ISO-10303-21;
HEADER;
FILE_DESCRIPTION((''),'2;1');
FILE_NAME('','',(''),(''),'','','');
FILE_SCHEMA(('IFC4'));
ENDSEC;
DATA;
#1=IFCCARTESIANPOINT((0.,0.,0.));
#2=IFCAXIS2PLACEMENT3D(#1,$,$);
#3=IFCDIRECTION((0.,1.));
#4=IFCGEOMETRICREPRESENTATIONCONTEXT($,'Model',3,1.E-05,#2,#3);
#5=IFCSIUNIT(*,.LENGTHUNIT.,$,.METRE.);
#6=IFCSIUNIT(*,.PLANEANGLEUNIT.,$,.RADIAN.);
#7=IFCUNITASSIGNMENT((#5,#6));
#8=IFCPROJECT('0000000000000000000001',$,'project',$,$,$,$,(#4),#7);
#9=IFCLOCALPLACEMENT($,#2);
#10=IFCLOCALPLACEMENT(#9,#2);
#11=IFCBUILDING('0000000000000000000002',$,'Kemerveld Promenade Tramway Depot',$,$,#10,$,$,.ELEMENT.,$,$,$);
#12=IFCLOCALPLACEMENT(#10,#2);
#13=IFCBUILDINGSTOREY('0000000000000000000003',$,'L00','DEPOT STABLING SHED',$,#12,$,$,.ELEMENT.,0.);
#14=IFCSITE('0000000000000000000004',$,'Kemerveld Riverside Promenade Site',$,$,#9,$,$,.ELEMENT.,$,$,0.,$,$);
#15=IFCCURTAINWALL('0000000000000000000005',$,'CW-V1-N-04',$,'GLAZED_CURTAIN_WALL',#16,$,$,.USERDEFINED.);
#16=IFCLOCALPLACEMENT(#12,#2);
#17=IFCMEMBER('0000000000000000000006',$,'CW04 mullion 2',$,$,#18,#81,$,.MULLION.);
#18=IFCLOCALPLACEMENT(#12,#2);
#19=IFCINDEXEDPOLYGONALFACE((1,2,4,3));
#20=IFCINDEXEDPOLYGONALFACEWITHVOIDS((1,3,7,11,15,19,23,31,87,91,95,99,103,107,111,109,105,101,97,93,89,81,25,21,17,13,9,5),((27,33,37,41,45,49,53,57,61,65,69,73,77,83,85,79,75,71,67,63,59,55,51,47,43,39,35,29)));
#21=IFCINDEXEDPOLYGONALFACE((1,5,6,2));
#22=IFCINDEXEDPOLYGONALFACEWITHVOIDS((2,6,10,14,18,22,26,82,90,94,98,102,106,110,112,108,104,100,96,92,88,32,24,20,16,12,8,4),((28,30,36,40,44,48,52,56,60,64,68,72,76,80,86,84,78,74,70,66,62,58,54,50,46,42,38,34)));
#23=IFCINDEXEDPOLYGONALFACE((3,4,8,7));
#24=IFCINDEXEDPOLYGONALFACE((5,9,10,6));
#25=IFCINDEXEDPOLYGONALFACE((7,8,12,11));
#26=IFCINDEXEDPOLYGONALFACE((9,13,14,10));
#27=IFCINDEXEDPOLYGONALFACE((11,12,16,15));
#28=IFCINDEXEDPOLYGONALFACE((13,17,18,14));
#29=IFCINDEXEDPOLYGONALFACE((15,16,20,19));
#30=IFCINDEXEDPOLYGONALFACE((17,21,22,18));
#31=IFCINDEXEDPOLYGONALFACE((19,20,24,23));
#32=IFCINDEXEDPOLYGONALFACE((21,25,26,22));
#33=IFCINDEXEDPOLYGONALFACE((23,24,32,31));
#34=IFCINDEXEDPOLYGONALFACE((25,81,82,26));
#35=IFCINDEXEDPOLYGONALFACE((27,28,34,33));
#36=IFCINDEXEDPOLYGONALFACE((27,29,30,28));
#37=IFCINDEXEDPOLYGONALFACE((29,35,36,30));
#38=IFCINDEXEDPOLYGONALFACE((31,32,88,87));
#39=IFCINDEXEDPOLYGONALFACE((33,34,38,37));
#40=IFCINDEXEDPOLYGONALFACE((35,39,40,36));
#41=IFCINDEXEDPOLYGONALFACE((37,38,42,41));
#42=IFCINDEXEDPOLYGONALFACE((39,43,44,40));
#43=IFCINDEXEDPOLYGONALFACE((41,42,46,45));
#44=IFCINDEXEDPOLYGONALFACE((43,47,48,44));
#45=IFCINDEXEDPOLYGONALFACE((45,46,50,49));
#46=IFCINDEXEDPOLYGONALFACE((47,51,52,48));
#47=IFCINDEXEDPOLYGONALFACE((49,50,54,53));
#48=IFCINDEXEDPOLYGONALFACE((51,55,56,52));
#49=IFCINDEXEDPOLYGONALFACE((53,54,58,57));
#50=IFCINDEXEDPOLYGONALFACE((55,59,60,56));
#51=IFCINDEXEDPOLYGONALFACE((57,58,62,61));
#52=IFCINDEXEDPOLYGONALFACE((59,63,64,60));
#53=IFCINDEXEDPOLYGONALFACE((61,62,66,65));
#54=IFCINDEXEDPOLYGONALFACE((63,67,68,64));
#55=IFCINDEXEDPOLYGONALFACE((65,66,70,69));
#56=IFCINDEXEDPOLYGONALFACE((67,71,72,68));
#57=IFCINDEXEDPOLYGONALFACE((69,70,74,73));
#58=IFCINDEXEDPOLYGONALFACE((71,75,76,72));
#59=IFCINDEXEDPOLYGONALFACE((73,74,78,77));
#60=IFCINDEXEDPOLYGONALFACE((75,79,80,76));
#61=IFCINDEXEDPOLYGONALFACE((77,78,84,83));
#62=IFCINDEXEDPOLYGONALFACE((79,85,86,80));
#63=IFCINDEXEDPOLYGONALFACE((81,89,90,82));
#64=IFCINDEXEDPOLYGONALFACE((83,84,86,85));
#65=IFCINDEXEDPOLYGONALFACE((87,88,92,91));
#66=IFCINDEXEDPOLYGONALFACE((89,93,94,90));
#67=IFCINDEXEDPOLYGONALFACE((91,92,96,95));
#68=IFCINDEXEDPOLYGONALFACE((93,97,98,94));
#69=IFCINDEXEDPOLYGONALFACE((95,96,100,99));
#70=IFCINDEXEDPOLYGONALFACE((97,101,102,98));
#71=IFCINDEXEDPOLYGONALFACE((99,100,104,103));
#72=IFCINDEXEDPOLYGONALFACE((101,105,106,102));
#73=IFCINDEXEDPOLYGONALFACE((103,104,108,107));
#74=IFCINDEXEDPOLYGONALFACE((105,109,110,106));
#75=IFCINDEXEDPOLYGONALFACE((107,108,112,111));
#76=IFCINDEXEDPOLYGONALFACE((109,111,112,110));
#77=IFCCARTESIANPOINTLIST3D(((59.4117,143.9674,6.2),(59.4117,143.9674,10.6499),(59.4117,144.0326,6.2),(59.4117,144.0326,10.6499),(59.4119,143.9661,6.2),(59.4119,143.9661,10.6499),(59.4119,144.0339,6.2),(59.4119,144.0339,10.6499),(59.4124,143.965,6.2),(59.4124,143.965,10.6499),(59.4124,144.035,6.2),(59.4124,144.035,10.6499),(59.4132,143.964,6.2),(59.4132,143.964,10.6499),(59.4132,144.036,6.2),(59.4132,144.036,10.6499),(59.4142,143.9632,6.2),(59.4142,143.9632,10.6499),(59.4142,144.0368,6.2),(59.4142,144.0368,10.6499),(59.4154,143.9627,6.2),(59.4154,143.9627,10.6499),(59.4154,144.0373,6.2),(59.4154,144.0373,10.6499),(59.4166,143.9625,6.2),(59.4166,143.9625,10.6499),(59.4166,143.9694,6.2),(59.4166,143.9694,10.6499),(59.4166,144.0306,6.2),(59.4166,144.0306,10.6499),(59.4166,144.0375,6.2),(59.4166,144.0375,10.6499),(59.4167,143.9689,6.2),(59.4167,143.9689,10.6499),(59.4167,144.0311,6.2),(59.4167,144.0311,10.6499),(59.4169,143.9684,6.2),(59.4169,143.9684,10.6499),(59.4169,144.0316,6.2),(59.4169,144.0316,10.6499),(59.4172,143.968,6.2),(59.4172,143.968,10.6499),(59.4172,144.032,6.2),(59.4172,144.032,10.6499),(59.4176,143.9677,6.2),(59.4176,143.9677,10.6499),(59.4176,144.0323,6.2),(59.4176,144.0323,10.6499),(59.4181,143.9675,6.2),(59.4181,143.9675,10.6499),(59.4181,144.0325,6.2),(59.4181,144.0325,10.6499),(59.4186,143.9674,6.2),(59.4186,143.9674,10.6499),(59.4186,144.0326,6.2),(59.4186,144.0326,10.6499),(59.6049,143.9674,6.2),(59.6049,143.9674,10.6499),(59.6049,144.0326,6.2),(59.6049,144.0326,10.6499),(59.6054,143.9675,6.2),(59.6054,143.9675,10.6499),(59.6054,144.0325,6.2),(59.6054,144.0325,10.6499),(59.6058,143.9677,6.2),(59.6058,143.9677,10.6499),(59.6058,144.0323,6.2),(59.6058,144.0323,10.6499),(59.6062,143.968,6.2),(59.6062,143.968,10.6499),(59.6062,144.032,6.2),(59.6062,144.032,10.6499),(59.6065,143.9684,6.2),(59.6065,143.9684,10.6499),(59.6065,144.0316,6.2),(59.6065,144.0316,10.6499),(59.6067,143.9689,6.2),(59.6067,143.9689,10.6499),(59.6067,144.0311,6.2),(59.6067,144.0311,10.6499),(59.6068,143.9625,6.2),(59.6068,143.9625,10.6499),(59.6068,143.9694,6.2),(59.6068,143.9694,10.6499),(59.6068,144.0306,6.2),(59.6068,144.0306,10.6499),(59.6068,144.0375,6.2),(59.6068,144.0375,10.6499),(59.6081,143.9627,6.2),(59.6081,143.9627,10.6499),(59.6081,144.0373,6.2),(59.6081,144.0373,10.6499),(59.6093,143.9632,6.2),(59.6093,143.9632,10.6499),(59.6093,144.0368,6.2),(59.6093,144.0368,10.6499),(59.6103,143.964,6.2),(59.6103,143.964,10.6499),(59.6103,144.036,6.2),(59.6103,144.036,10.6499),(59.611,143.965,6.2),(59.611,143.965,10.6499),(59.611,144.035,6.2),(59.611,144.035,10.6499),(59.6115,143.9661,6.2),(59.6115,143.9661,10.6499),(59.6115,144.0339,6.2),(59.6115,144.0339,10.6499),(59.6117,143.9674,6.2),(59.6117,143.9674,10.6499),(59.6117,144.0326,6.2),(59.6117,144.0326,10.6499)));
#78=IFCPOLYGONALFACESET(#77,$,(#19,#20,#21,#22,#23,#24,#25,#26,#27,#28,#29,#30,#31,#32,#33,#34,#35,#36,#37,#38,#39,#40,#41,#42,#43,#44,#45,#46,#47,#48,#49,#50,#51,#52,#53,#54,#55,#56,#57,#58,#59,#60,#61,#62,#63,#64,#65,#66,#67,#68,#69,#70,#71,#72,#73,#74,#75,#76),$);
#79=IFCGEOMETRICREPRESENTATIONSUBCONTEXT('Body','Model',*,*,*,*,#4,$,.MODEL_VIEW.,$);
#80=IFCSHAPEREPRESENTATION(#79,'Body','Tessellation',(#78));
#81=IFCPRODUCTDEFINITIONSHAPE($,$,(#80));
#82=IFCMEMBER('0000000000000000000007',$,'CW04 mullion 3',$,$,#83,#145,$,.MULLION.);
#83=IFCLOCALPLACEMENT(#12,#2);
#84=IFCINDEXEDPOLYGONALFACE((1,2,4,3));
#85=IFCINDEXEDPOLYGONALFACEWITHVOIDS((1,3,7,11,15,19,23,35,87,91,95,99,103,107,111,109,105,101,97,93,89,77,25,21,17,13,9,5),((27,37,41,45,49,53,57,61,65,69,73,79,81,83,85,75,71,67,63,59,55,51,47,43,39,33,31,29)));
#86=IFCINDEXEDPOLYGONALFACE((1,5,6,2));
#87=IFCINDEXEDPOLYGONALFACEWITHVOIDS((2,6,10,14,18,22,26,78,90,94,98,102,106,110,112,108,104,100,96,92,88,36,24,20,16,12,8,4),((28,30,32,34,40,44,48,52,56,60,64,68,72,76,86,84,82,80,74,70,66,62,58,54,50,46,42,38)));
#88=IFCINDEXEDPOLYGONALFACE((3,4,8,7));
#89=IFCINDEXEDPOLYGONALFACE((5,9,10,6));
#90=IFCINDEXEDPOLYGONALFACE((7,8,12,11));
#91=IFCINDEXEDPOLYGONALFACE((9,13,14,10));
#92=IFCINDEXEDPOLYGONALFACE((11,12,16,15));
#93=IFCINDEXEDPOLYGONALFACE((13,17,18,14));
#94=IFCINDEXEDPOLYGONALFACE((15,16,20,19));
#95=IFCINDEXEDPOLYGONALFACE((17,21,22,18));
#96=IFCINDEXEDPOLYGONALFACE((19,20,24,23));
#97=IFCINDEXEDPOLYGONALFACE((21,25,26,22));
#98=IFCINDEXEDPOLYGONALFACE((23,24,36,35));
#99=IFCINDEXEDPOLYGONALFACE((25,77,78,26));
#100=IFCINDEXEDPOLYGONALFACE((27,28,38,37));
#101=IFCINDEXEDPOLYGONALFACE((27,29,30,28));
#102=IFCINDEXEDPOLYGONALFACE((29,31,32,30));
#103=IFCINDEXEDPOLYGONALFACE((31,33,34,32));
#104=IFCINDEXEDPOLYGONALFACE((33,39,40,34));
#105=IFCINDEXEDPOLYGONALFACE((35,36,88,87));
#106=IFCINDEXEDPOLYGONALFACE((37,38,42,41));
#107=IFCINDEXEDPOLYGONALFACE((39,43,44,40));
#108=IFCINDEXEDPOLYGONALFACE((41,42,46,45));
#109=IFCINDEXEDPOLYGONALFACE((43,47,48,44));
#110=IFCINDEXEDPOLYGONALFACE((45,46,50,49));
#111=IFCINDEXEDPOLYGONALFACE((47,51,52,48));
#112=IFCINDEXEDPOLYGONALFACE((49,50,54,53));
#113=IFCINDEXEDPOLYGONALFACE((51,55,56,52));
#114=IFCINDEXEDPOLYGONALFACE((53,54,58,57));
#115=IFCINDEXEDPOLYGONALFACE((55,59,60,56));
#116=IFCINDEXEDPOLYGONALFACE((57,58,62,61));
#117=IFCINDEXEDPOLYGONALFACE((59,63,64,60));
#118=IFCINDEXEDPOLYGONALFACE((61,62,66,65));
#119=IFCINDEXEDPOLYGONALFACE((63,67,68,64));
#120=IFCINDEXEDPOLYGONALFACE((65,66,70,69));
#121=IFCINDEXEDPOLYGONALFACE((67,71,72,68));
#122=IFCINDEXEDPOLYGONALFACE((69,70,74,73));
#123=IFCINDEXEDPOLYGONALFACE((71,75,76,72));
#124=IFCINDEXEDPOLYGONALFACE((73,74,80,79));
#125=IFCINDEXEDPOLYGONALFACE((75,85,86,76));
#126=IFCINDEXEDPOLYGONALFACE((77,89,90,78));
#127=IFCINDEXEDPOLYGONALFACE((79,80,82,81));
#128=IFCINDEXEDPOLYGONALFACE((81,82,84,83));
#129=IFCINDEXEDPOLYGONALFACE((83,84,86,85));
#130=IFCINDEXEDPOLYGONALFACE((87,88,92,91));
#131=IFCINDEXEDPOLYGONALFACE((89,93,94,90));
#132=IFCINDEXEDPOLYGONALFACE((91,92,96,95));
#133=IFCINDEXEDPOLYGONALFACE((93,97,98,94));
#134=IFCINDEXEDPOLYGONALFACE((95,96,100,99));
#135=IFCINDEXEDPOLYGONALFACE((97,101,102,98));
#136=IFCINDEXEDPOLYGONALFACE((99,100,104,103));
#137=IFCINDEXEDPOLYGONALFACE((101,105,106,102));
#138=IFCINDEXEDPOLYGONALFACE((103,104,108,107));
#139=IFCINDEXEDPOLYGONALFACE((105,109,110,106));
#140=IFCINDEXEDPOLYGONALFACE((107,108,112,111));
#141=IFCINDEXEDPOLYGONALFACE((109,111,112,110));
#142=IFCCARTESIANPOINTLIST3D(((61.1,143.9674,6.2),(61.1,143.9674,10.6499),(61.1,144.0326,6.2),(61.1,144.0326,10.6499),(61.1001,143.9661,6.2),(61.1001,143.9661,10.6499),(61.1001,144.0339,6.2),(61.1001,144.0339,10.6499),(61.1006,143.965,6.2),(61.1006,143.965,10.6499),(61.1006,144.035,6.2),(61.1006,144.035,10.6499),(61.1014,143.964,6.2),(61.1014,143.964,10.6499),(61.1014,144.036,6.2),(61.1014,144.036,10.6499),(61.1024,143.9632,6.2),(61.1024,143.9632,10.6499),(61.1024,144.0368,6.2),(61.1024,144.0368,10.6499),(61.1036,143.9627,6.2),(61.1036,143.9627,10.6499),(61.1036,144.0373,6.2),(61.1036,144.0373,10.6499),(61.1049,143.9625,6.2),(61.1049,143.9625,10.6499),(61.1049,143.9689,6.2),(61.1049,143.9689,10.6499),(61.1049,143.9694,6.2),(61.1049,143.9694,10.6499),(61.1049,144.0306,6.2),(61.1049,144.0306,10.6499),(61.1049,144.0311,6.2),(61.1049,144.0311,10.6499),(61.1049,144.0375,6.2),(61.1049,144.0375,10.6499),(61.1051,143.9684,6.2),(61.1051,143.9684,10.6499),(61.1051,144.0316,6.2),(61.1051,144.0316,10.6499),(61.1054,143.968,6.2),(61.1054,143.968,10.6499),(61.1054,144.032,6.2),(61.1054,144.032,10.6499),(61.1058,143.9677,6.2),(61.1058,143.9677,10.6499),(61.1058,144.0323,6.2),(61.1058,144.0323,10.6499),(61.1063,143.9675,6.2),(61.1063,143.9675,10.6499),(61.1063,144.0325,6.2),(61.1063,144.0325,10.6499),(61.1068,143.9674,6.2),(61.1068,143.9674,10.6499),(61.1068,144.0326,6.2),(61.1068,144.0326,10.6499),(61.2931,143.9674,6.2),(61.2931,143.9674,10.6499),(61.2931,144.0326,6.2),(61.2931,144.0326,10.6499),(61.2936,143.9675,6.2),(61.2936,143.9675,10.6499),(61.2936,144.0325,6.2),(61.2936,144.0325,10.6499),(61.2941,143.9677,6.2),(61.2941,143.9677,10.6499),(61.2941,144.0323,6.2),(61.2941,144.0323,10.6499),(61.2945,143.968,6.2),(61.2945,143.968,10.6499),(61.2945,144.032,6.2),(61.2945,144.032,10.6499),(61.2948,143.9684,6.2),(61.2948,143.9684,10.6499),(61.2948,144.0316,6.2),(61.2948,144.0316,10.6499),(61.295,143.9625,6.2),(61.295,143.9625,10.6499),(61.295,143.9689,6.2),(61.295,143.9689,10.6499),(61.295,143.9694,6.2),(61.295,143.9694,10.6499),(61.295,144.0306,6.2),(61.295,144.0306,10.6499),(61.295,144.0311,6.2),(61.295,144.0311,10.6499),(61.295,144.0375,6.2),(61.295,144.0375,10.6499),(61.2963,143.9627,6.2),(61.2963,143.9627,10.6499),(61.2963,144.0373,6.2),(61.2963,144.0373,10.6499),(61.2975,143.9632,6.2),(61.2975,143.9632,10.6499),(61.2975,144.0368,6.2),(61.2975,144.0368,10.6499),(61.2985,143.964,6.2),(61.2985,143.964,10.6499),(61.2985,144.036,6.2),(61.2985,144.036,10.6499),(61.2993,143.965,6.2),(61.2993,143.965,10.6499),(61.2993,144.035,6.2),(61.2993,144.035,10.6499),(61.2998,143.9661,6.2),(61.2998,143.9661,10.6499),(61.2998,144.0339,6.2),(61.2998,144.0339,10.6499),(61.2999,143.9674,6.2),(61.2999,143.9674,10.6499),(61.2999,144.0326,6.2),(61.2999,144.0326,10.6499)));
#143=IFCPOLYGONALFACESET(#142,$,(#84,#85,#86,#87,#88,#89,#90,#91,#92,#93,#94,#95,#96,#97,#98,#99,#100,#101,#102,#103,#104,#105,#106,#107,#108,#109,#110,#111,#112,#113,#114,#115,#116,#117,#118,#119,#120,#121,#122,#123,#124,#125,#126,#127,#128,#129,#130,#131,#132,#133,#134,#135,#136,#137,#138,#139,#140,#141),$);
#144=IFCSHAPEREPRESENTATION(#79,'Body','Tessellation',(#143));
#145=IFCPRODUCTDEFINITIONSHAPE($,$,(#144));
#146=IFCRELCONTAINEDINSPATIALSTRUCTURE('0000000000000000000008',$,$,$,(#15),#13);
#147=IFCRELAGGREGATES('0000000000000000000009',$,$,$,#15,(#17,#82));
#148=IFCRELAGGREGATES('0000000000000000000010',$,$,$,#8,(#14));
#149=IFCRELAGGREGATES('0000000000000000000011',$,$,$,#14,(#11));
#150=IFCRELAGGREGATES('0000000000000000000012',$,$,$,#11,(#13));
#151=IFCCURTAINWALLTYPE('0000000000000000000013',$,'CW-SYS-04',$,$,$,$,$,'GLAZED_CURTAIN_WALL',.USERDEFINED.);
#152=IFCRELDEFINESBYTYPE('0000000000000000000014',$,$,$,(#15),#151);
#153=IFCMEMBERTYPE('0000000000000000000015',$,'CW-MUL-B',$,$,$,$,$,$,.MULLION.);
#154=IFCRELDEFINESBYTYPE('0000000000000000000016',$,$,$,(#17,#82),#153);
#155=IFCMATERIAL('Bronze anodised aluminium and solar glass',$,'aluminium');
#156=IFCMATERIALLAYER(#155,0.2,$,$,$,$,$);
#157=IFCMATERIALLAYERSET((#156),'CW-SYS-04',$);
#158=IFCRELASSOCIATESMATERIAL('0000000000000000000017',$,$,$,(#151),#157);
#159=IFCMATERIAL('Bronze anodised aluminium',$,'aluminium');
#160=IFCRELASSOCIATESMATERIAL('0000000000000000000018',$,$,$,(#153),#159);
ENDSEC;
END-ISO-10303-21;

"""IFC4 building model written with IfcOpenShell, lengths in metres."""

from ifc_helpers import new_model, si_unit, direction, frame, origin, origin_2d, place, context, subcontext, project, spatial, hollow_rectangle, extrude, material, layer, layer_set, material_profile, profile_set, type_object, element, aggregate, save


model = new_model("IFC4")

# Units and contexts
model_context = context("Model", 3, precision=1e-05, world=origin(), true_north=direction((0.0, 1.0)))
body_context = subcontext(model_context, "Body", "Model", "MODEL_VIEW")
ifc_project = project(units=[si_unit("LENGTHUNIT", "METRE"), si_unit("PLANEANGLEUNIT", "RADIAN")], contexts=[model_context])

# Site, building, storey
site_placement = place(None, origin())
site = spatial("IfcSite", under=ifc_project, at=site_placement, Name="Kemerveld Riverside Promenade Site", CompositionType="ELEMENT", RefElevation=0.0)
building_placement = place(site_placement, origin())
building = spatial("IfcBuilding", under=site, at=building_placement, Name="Kemerveld Promenade Tramway Depot", CompositionType="ELEMENT")
storey_placement = place(building_placement, origin())
storey = spatial("IfcBuildingStorey", under=building, at=storey_placement, Name="L00", Description="DEPOT STABLING SHED", CompositionType="ELEMENT", Elevation=0.0)

# Curtain wall, members
ifc_material_1 = material(Name="Bronze anodised aluminium and solar glass", Category="aluminium")
ifc_material_2 = material(Name="Bronze anodised aluminium", Category="aluminium")
ifc_layer_1 = layer(ifc_material_1, 0.2)
ifc_layer_set_1 = layer_set([ifc_layer_1], Name="CW-SYS-04")
curtain_wall_type_1 = type_object("IfcCurtainWallType", Name="CW-SYS-04", ElementType="GLAZED_CURTAIN_WALL", PredefinedType="USERDEFINED", material=ifc_layer_set_1)
curtain_wall_1_placement = place(storey_placement, origin())
curtain_wall_1 = element("IfcCurtainWall", 1, at=curtain_wall_1_placement, inside=storey, type_object=curtain_wall_type_1, Name="CW-V1-N-04", ObjectType="GLAZED_CURTAIN_WALL", PredefinedType="USERDEFINED")
ifc_material_profile_1 = material_profile(ifc_material_2, hollow_rectangle(XDim=0.075, YDim=0.2, WallThickness=0.0049, InnerFilletRadius=0.002, OuterFilletRadius=0.0049, at=origin_2d()), Name="CW-MUL-200x75")
ifc_profile_set_1 = profile_set([ifc_material_profile_1], Name="Bronze anodised aluminium")
member_type_1 = type_object("IfcMemberType", Name="CW-MUL-B", PredefinedType="MULLION", material=ifc_profile_set_1)
member_1_placement = place(storey_placement, frame((59.5117, 144.0, 6.2), z_axis=(0.0, 0.0, 1.0), x_axis=(0.0, 1.0, 0.0)))
member_1 = element("IfcMember", 2, at=member_1_placement, type_object=member_type_1, Name="CW04 mullion 2", PredefinedType="MULLION", context=body_context, shape_type="SweptSolid", body=[
    extrude(hollow_rectangle(XDim=0.075, YDim=0.2, WallThickness=0.0049, InnerFilletRadius=0.002, OuterFilletRadius=0.0049, at=origin_2d()), origin(), (0.0, 0.0, 1.0), 4.45),
])
member_2_placement = place(storey_placement, frame((61.2, 144.0, 6.2), z_axis=(0.0, 0.0, 1.0), x_axis=(0.0, 1.0, 0.0)))
member_2 = element("IfcMember", 3, at=member_2_placement, type_object=member_type_1, Name="CW04 mullion 3", PredefinedType="MULLION", context=body_context, shape_type="SweptSolid", body=[
    extrude(hollow_rectangle(XDim=0.075, YDim=0.2, WallThickness=0.0049, InnerFilletRadius=0.002, OuterFilletRadius=0.0049, at=origin_2d()), origin(), (0.0, 0.0, 1.0), 4.45),
])

aggregate(curtain_wall_1, [member_1, member_2])

save(model, "model.ifc")
